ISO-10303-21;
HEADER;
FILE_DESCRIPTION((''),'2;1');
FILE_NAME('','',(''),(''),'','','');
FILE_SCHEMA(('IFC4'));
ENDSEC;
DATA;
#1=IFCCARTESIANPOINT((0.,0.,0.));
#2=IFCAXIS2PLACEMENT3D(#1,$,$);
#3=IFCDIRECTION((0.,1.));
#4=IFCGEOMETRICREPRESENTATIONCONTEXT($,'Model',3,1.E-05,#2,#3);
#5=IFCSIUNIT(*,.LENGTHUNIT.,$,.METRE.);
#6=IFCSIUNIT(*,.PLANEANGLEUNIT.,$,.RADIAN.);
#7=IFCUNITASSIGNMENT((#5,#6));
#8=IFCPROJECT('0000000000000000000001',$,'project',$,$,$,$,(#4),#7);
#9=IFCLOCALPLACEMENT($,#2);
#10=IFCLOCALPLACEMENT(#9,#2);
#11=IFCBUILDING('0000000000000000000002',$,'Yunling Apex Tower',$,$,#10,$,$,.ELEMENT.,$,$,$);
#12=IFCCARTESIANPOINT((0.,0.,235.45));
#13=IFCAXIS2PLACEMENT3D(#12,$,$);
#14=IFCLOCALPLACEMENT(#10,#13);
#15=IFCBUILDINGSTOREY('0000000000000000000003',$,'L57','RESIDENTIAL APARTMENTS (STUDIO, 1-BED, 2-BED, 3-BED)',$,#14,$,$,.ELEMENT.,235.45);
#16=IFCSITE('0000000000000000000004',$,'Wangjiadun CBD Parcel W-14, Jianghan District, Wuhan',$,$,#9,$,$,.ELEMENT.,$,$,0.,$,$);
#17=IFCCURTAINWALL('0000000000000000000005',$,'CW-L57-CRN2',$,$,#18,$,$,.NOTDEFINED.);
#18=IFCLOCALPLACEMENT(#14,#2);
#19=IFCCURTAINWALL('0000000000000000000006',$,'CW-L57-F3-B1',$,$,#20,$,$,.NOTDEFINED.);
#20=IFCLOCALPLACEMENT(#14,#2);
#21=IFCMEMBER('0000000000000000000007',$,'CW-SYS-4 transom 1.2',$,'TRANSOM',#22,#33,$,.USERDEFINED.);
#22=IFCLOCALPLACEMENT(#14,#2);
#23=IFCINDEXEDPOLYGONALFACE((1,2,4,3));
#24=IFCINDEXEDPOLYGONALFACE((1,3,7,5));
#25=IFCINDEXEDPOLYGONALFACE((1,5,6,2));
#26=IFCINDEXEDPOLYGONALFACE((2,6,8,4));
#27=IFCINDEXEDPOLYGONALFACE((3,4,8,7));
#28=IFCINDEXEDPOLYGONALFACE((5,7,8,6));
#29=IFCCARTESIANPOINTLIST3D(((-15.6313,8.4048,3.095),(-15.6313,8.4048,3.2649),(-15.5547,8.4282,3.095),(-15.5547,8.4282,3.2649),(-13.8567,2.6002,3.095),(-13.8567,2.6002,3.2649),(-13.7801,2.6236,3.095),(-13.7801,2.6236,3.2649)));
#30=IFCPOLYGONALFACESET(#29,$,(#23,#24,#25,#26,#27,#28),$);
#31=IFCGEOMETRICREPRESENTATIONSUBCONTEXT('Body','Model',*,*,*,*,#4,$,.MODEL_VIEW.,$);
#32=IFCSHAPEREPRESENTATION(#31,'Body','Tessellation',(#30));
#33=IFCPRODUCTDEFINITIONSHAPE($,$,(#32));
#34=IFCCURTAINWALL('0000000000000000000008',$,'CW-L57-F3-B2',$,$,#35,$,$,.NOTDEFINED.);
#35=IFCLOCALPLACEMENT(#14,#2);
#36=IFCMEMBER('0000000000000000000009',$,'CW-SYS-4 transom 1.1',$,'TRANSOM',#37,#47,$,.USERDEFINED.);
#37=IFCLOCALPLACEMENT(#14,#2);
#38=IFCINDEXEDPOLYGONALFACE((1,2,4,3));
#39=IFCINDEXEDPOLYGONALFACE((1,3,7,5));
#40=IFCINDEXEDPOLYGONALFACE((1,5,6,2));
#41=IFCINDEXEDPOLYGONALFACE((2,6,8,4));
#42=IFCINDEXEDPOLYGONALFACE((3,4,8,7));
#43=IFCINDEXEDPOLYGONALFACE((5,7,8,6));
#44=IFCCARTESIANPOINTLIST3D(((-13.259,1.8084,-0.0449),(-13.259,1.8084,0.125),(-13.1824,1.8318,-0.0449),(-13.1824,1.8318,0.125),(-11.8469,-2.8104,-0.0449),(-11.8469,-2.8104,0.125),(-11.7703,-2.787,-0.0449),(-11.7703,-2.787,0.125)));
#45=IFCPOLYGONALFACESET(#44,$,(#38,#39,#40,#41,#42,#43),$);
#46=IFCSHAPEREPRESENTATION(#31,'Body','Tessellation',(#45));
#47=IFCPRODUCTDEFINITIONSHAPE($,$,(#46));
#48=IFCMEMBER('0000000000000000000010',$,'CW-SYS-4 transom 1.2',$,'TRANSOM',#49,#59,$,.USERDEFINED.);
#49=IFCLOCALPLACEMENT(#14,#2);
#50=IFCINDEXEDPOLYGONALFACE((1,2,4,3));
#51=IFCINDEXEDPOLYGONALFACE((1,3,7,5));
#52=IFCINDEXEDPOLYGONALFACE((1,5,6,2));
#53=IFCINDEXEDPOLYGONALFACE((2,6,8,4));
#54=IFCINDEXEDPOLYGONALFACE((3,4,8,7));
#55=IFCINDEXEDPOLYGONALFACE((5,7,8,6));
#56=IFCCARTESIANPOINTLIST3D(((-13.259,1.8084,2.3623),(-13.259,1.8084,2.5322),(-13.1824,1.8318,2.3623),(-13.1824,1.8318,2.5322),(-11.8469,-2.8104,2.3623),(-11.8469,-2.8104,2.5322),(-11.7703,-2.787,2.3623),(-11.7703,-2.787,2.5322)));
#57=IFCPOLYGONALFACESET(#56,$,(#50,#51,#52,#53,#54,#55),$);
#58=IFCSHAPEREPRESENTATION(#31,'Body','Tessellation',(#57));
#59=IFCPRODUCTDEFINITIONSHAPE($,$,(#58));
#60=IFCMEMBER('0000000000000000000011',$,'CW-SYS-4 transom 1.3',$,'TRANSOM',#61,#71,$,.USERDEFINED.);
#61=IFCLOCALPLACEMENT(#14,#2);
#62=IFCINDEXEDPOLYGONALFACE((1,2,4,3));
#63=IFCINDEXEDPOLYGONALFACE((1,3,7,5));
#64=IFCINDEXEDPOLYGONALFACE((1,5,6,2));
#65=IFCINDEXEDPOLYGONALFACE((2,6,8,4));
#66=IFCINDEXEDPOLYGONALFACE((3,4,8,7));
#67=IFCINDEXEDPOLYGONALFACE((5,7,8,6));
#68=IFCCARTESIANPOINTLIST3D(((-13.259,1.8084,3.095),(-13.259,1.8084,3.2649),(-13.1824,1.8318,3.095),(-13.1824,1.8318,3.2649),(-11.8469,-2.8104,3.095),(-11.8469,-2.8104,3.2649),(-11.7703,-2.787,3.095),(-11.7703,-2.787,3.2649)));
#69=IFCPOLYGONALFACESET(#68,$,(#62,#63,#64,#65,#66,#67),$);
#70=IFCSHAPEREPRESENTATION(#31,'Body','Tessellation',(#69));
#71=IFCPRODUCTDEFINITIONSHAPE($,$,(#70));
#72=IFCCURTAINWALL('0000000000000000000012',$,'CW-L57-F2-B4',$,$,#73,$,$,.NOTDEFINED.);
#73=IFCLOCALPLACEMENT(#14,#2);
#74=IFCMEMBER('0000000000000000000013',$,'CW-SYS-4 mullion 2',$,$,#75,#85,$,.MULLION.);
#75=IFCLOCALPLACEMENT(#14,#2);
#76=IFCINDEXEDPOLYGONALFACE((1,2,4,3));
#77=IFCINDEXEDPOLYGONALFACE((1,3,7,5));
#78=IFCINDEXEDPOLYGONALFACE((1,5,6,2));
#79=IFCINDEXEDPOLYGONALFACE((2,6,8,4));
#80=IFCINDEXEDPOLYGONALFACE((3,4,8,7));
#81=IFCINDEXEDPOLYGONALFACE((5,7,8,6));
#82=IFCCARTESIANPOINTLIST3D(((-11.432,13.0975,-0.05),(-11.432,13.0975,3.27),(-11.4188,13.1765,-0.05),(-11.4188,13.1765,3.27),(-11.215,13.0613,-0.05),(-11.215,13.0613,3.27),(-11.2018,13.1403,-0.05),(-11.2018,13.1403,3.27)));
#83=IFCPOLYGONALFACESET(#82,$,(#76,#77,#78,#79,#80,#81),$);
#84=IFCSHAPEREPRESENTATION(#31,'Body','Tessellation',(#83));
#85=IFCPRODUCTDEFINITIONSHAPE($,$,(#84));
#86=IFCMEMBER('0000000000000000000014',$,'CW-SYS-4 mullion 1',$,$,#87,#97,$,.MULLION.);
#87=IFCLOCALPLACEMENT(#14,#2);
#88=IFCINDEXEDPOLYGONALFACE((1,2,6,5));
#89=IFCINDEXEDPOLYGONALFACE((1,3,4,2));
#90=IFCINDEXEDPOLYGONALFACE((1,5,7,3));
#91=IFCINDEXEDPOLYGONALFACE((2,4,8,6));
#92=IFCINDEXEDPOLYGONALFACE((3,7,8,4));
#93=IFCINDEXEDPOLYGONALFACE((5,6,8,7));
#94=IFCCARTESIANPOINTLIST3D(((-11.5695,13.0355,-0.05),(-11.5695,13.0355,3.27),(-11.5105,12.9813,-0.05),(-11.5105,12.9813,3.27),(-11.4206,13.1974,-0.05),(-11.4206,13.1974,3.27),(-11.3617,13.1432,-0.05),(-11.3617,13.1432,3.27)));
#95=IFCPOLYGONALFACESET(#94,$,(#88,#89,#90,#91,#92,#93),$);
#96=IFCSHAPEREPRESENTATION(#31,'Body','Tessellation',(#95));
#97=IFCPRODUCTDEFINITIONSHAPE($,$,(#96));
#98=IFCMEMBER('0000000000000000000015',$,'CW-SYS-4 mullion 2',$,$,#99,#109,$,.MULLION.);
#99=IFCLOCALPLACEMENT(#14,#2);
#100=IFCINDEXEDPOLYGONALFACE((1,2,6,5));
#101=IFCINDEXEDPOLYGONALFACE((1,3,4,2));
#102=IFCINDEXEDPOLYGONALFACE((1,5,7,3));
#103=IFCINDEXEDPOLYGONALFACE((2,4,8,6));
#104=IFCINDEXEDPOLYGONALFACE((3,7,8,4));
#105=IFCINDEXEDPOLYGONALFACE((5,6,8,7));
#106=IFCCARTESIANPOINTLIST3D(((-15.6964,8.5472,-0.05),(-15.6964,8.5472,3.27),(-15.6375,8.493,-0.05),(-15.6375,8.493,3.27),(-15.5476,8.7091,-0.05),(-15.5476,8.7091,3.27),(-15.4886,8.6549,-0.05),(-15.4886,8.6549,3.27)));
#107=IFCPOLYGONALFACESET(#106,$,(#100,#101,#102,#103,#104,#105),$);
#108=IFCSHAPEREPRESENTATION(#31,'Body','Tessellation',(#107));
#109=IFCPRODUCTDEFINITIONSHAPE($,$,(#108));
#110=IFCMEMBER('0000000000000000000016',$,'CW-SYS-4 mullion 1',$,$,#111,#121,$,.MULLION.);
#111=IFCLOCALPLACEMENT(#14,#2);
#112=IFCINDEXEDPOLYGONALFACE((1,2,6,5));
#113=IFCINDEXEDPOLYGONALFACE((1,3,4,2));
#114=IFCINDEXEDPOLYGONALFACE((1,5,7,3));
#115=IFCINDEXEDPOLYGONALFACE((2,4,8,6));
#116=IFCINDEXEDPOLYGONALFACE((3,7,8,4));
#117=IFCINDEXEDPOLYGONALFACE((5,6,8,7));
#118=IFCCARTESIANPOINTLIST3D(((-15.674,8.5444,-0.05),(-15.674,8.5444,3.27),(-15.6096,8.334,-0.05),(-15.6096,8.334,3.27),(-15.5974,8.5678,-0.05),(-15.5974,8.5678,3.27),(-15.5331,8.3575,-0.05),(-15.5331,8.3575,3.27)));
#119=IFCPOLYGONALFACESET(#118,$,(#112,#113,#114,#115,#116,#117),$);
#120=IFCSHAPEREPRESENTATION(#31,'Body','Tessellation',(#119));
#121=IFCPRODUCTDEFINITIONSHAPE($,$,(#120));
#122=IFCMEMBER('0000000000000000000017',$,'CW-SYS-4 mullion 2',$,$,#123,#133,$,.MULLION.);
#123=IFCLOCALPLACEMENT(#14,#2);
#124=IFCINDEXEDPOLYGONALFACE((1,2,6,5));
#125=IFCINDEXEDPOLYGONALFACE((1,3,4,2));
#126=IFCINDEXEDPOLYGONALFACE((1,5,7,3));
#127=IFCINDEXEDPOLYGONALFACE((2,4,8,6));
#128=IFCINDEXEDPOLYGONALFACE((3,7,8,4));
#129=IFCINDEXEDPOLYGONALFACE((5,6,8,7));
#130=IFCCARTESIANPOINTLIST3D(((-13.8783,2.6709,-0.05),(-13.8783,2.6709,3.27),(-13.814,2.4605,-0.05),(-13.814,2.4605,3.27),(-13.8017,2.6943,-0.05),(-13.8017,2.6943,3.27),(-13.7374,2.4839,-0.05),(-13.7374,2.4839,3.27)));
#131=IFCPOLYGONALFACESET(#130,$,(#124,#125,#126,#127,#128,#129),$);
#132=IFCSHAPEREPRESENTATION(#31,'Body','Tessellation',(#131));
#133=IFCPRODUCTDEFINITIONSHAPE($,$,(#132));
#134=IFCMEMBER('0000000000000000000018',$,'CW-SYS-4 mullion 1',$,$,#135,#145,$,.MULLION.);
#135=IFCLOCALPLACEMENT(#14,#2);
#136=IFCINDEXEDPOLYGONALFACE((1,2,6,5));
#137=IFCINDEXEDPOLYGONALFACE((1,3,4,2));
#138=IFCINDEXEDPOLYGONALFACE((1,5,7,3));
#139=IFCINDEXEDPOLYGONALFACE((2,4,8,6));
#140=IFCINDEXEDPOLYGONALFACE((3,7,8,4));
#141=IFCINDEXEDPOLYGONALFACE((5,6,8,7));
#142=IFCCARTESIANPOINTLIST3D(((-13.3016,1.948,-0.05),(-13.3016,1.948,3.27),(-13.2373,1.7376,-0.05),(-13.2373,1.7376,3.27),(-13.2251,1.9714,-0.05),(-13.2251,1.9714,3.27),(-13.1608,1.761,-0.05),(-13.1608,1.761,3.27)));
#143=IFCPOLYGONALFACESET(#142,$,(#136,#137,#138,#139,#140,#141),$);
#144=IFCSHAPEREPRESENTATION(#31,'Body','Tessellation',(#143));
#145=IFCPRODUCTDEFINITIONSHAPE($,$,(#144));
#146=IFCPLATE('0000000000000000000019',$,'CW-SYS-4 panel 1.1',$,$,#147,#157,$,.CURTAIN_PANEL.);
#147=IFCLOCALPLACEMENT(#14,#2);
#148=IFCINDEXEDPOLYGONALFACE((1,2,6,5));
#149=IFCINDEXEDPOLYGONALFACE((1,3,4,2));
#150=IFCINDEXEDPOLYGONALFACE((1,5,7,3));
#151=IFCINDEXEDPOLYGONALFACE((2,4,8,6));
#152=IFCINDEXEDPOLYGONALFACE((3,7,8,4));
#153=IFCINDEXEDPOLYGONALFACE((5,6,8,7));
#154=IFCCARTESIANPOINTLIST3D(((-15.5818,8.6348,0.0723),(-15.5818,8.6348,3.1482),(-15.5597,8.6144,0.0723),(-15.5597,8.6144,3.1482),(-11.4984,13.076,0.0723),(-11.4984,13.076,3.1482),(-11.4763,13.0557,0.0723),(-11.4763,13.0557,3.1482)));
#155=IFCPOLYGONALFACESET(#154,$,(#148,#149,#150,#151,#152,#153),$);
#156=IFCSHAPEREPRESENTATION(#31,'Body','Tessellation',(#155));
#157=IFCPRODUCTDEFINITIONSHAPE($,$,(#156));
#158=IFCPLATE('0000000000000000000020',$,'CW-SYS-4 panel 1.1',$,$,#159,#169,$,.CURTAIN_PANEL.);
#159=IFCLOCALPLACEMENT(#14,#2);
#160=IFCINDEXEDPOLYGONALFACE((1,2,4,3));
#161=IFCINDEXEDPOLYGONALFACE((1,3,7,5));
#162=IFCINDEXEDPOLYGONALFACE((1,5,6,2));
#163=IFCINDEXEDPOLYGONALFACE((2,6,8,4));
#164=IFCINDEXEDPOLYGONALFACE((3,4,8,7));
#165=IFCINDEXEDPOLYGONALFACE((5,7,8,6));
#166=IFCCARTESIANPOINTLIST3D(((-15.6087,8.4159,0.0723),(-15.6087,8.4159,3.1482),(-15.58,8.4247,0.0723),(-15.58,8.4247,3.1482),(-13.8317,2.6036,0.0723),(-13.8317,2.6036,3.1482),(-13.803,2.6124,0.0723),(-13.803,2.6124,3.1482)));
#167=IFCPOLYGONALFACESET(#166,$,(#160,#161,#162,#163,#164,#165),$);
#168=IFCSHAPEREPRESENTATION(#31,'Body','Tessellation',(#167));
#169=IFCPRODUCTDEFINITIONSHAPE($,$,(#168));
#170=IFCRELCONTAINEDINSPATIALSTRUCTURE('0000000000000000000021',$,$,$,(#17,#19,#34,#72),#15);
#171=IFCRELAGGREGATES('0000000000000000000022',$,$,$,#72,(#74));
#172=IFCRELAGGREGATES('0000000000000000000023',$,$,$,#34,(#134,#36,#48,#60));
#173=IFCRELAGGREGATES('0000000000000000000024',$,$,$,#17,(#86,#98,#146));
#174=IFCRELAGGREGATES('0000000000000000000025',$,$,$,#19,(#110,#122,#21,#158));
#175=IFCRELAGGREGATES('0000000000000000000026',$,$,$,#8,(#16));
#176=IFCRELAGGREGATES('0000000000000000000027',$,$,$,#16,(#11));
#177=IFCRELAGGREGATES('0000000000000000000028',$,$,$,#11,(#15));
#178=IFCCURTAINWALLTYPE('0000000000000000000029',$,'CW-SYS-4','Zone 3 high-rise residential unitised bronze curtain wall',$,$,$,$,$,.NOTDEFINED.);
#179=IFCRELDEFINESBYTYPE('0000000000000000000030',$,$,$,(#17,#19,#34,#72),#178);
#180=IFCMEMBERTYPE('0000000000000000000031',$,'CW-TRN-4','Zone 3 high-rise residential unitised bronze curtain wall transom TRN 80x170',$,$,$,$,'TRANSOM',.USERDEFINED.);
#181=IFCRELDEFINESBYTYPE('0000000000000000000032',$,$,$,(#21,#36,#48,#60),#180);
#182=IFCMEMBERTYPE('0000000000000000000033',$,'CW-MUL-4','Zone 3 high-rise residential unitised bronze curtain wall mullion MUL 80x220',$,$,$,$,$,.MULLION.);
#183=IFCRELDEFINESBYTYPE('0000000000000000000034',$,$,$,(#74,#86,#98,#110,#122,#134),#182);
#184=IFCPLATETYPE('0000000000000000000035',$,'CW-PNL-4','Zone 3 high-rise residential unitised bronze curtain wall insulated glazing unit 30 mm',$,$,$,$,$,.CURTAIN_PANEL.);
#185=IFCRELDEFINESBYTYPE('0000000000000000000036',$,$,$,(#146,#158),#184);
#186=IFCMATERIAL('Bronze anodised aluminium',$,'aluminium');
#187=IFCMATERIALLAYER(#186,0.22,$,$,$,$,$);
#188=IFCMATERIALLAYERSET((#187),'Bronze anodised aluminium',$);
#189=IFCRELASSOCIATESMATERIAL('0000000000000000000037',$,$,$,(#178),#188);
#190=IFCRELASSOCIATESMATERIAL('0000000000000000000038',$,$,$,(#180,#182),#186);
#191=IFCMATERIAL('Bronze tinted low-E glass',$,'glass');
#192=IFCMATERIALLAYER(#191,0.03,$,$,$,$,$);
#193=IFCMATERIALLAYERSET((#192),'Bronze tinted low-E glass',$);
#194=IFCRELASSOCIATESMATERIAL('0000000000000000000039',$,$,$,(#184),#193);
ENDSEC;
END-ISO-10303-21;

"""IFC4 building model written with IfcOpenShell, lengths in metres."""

from ifc_helpers import new_model, si_unit, direction, frame, origin, origin_2d, place, context, subcontext, project, spatial, rectangle, extrude, source, transform, mapped, material, layer, layer_set, material_profile, profile_set, type_object, element, aggregate, save


model = new_model("IFC4")

# Units and contexts
model_context = context("Model", 3, precision=1e-05, world=origin(), true_north=direction((0.0, 1.0)))
body_context = subcontext(model_context, "Body", "Model", "MODEL_VIEW")
ifc_project = project(units=[si_unit("LENGTHUNIT", "METRE"), si_unit("PLANEANGLEUNIT", "RADIAN")], contexts=[model_context])

# Site, building, storey
site_placement = place(None, origin())
site = spatial("IfcSite", under=ifc_project, at=site_placement, Name="Wangjiadun CBD Parcel W-14, Jianghan District, Wuhan", CompositionType="ELEMENT", RefElevation=0.0)
building_placement = place(site_placement, origin())
building = spatial("IfcBuilding", under=site, at=building_placement, Name="Yunling Apex Tower", CompositionType="ELEMENT")
storey_placement = place(building_placement, frame((0.0, 0.0, 235.45)))
storey = spatial("IfcBuildingStorey", under=building, at=storey_placement, Name="L57", Description="RESIDENTIAL APARTMENTS (STUDIO, 1-BED, 2-BED, 3-BED)", CompositionType="ELEMENT", Elevation=235.45)

# Curtain walls, members
ifc_material_1 = material(Name="Bronze anodised aluminium", Category="aluminium")
ifc_layer_1 = layer(ifc_material_1, 0.22)
ifc_layer_set_1 = layer_set([ifc_layer_1], Name="Bronze anodised aluminium")
curtain_wall_type = type_object("IfcCurtainWallType", Name="CW-SYS-4", Description="Zone 3 high-rise residential unitised bronze curtain wall", PredefinedType="NOTDEFINED", material=ifc_layer_set_1)
curtain_wall_1_placement = place(storey_placement, origin())
curtain_wall_1 = element("IfcCurtainWall", 1, at=curtain_wall_1_placement, inside=storey, type_object=curtain_wall_type, Name="CW-L57-CRN2", PredefinedType="NOTDEFINED")
ifc_material_profile_1 = material_profile(ifc_material_1, rectangle(XDim=0.0801, YDim=0.1699, at=origin_2d()))
ifc_profile_set_1 = profile_set([ifc_material_profile_1], Name="Bronze anodised aluminium")
member_type_1 = type_object("IfcMemberType", Name="CW-TRN-4", Description="Zone 3 high-rise residential unitised bronze curtain wall transom TRN 80x170", ElementType="TRANSOM", PredefinedType="USERDEFINED", material=ifc_profile_set_1)
curtain_wall_2_placement = place(storey_placement, origin())
curtain_wall_2 = element("IfcCurtainWall", 2, at=curtain_wall_2_placement, inside=storey, type_object=curtain_wall_type, Name="CW-L57-F3-B1", PredefinedType="NOTDEFINED")
shared_shape_1 = source(origin(), body_context, "Body", "SweptSolid", [
    extrude(rectangle(XDim=0.0801, YDim=0.1699, at=origin_2d()), origin(), (0.0, 0.0, 1.0), 6.0698),
])
member_1_placement = place(storey_placement, frame((-15.593, 8.4165, 3.1799), z_axis=(0.29237, -0.956305, 0.0), x_axis=(0.956305, 0.29237, 0.0)))
member_1 = element("IfcMember", 3, at=member_1_placement, type_object=member_type_1, Name="CW-SYS-4 transom 1.2", ObjectType="TRANSOM", PredefinedType="USERDEFINED", context=body_context, shape_type="MappedRepresentation", body=[
    mapped(shared_shape_1, transform((0.0, 0.0, 0.0), scale=1.0)),
])
curtain_wall_3_placement = place(storey_placement, origin())
curtain_wall_3 = element("IfcCurtainWall", 4, at=curtain_wall_3_placement, inside=storey, type_object=curtain_wall_type, Name="CW-L57-F3-B2", PredefinedType="NOTDEFINED")
shared_shape_2 = source(origin(), body_context, "Body", "SweptSolid", [
    extrude(rectangle(XDim=0.0801, YDim=0.1699, at=origin_2d()), origin(), (0.0, 0.0, 1.0), 4.8298),
])
member_2_placement = place(storey_placement, frame((-13.2207, 1.8201, 0.04), z_axis=(0.292366, -0.956306, 0.0), x_axis=(0.956306, 0.292366, 0.0)))
member_2 = element("IfcMember", 5, at=member_2_placement, type_object=member_type_1, Name="CW-SYS-4 transom 1.1", ObjectType="TRANSOM", PredefinedType="USERDEFINED", context=body_context, shape_type="MappedRepresentation", body=[
    mapped(shared_shape_2, transform((0.0, 0.0, 0.0), scale=1.0)),
])
member_3_placement = place(storey_placement, frame((-13.2207, 1.8201, 2.4473), z_axis=(0.292366, -0.956306, 0.0), x_axis=(0.956306, 0.292366, 0.0)))
member_3 = element("IfcMember", 6, at=member_3_placement, type_object=member_type_1, Name="CW-SYS-4 transom 1.2", ObjectType="TRANSOM", PredefinedType="USERDEFINED", context=body_context, shape_type="MappedRepresentation", body=[
    mapped(shared_shape_2, transform((0.0, 0.0, 0.0), scale=1.0)),
])
member_4_placement = place(storey_placement, frame((-13.2207, 1.8201, 3.1799), z_axis=(0.292366, -0.956306, 0.0), x_axis=(0.956306, 0.292366, 0.0)))
member_4 = element("IfcMember", 7, at=member_4_placement, type_object=member_type_1, Name="CW-SYS-4 transom 1.3", ObjectType="TRANSOM", PredefinedType="USERDEFINED", context=body_context, shape_type="MappedRepresentation", body=[
    mapped(shared_shape_2, transform((0.0, 0.0, 0.0), scale=1.0)),
])

# Curtain wall, member
curtain_wall_4_placement = place(storey_placement, origin())
curtain_wall_4 = element("IfcCurtainWall", 8, at=curtain_wall_4_placement, inside=storey, type_object=curtain_wall_type, Name="CW-L57-F2-B4", PredefinedType="NOTDEFINED")
ifc_material_profile_2 = material_profile(ifc_material_1, rectangle(XDim=0.0801, YDim=0.22, at=origin_2d()))
ifc_profile_set_2 = profile_set([ifc_material_profile_2], Name="Bronze anodised aluminium")
member_type_2 = type_object("IfcMemberType", Name="CW-MUL-4", Description="Zone 3 high-rise residential unitised bronze curtain wall mullion MUL 80x220", PredefinedType="MULLION", material=ifc_profile_set_2)
shared_shape_3 = source(origin(), body_context, "Body", "SweptSolid", [
    extrude(rectangle(XDim=0.0801, YDim=0.22, at=origin_2d()), origin(), (0.0, 0.0, 1.0), 3.3201),
])
member_5_placement = place(storey_placement, frame((-11.3169, 13.1189, -0.05), z_axis=(0.0, 0.0, 1.0), x_axis=(-0.164353, -0.986402, 0.0)))
member_5 = element("IfcMember", 9, at=member_5_placement, type_object=member_type_2, Name="CW-SYS-4 mullion 2", PredefinedType="MULLION", context=body_context, shape_type="MappedRepresentation", body=[
    mapped(shared_shape_3, transform((0.0, 0.0, 0.0), scale=1.0)),
])
aggregate(curtain_wall_4, [member_5])

# Members
member_6_placement = place(storey_placement, frame((-11.4656, 13.0894, -0.05), z_axis=(0.0, 0.0, 1.0), x_axis=(0.736134, -0.676836, 0.0)))
member_6 = element("IfcMember", 10, at=member_6_placement, type_object=member_type_2, Name="CW-SYS-4 mullion 1", PredefinedType="MULLION", context=body_context, shape_type="MappedRepresentation", body=[
    mapped(shared_shape_3, transform((0.0, 0.0, 0.0), scale=1.0)),
])
member_7_placement = place(storey_placement, frame((-15.5925, 8.6011, -0.05), z_axis=(0.0, 0.0, 1.0), x_axis=(0.736134, -0.676836, 0.0)))
member_7 = element("IfcMember", 11, at=member_7_placement, type_object=member_type_2, Name="CW-SYS-4 mullion 2", PredefinedType="MULLION", context=body_context, shape_type="MappedRepresentation", body=[
    mapped(shared_shape_3, transform((0.0, 0.0, 0.0), scale=1.0)),
])
member_8_placement = place(storey_placement, frame((-15.6035, 8.4509, -0.05), z_axis=(0.0, 0.0, 1.0), x_axis=(0.956305, 0.292372, 0.0)))
member_8 = element("IfcMember", 12, at=member_8_placement, type_object=member_type_2, Name="CW-SYS-4 mullion 1", PredefinedType="MULLION", context=body_context, shape_type="MappedRepresentation", body=[
    mapped(shared_shape_3, transform((0.0, 0.0, 0.0), scale=1.0)),
])
member_9_placement = place(storey_placement, frame((-13.8079, 2.5774, -0.05), z_axis=(0.0, 0.0, 1.0), x_axis=(0.956305, 0.292372, 0.0)))
member_9 = element("IfcMember", 13, at=member_9_placement, type_object=member_type_2, Name="CW-SYS-4 mullion 2", PredefinedType="MULLION", context=body_context, shape_type="MappedRepresentation", body=[
    mapped(shared_shape_3, transform((0.0, 0.0, 0.0), scale=1.0)),
])
member_10_placement = place(storey_placement, frame((-13.2312, 1.8545, -0.05), z_axis=(0.0, 0.0, 1.0), x_axis=(0.956304, 0.292373, 0.0)))
member_10 = element("IfcMember", 14, at=member_10_placement, type_object=member_type_2, Name="CW-SYS-4 mullion 1", PredefinedType="MULLION", context=body_context, shape_type="MappedRepresentation", body=[
    mapped(shared_shape_3, transform((0.0, 0.0, 0.0), scale=1.0)),
])
aggregate(curtain_wall_3, [member_10, member_2, member_3, member_4])

# Plates
ifc_material_2 = material(Name="Bronze tinted low-E glass", Category="glass")
ifc_layer_2 = layer(ifc_material_2, 0.03)
ifc_layer_set_2 = layer_set([ifc_layer_2], Name="Bronze tinted low-E glass")
plate_type = type_object("IfcPlateType", Name="CW-PNL-4", Description="Zone 3 high-rise residential unitised bronze curtain wall insulated glazing unit 30 mm", PredefinedType="CURTAIN_PANEL", material=ifc_layer_set_2)
shared_shape_4 = source(origin(), body_context, "Body", "SweptSolid", [
    extrude(rectangle(XDim=6.0332, YDim=0.03, at=origin_2d()), origin(), (0.0, 0.0, 1.0), 3.0759),
])
plate_1_placement = place(storey_placement, frame((-13.5291, 10.8452, 0.0723), z_axis=(0.0, 0.0, 1.0), x_axis=(-0.676836, -0.736134, 0.0)))
plate_1 = element("IfcPlate", 15, at=plate_1_placement, type_object=plate_type, Name="CW-SYS-4 panel 1.1", PredefinedType="CURTAIN_PANEL", context=body_context, shape_type="MappedRepresentation", body=[
    mapped(shared_shape_4, transform((0.0, 0.0, 0.0), scale=1.0)),
])
aggregate(curtain_wall_1, [member_6, member_7, plate_1])
shared_shape_5 = source(origin(), body_context, "Body", "SweptSolid", [
    extrude(rectangle(XDim=6.0779, YDim=0.03, at=origin_2d()), origin(), (0.0, 0.0, 1.0), 3.0759),
])
plate_2_placement = place(storey_placement, frame((-14.7058, 5.5142, 0.0723), z_axis=(0.0, 0.0, 1.0), x_axis=(0.292372, -0.956305, 0.0)))
plate_2 = element("IfcPlate", 16, at=plate_2_placement, type_object=plate_type, Name="CW-SYS-4 panel 1.1", PredefinedType="CURTAIN_PANEL", context=body_context, shape_type="MappedRepresentation", body=[
    mapped(shared_shape_5, transform((0.0, 0.0, 0.0), scale=1.0)),
])
aggregate(curtain_wall_2, [member_8, member_9, member_1, plate_2])

save(model, "model.ifc")
